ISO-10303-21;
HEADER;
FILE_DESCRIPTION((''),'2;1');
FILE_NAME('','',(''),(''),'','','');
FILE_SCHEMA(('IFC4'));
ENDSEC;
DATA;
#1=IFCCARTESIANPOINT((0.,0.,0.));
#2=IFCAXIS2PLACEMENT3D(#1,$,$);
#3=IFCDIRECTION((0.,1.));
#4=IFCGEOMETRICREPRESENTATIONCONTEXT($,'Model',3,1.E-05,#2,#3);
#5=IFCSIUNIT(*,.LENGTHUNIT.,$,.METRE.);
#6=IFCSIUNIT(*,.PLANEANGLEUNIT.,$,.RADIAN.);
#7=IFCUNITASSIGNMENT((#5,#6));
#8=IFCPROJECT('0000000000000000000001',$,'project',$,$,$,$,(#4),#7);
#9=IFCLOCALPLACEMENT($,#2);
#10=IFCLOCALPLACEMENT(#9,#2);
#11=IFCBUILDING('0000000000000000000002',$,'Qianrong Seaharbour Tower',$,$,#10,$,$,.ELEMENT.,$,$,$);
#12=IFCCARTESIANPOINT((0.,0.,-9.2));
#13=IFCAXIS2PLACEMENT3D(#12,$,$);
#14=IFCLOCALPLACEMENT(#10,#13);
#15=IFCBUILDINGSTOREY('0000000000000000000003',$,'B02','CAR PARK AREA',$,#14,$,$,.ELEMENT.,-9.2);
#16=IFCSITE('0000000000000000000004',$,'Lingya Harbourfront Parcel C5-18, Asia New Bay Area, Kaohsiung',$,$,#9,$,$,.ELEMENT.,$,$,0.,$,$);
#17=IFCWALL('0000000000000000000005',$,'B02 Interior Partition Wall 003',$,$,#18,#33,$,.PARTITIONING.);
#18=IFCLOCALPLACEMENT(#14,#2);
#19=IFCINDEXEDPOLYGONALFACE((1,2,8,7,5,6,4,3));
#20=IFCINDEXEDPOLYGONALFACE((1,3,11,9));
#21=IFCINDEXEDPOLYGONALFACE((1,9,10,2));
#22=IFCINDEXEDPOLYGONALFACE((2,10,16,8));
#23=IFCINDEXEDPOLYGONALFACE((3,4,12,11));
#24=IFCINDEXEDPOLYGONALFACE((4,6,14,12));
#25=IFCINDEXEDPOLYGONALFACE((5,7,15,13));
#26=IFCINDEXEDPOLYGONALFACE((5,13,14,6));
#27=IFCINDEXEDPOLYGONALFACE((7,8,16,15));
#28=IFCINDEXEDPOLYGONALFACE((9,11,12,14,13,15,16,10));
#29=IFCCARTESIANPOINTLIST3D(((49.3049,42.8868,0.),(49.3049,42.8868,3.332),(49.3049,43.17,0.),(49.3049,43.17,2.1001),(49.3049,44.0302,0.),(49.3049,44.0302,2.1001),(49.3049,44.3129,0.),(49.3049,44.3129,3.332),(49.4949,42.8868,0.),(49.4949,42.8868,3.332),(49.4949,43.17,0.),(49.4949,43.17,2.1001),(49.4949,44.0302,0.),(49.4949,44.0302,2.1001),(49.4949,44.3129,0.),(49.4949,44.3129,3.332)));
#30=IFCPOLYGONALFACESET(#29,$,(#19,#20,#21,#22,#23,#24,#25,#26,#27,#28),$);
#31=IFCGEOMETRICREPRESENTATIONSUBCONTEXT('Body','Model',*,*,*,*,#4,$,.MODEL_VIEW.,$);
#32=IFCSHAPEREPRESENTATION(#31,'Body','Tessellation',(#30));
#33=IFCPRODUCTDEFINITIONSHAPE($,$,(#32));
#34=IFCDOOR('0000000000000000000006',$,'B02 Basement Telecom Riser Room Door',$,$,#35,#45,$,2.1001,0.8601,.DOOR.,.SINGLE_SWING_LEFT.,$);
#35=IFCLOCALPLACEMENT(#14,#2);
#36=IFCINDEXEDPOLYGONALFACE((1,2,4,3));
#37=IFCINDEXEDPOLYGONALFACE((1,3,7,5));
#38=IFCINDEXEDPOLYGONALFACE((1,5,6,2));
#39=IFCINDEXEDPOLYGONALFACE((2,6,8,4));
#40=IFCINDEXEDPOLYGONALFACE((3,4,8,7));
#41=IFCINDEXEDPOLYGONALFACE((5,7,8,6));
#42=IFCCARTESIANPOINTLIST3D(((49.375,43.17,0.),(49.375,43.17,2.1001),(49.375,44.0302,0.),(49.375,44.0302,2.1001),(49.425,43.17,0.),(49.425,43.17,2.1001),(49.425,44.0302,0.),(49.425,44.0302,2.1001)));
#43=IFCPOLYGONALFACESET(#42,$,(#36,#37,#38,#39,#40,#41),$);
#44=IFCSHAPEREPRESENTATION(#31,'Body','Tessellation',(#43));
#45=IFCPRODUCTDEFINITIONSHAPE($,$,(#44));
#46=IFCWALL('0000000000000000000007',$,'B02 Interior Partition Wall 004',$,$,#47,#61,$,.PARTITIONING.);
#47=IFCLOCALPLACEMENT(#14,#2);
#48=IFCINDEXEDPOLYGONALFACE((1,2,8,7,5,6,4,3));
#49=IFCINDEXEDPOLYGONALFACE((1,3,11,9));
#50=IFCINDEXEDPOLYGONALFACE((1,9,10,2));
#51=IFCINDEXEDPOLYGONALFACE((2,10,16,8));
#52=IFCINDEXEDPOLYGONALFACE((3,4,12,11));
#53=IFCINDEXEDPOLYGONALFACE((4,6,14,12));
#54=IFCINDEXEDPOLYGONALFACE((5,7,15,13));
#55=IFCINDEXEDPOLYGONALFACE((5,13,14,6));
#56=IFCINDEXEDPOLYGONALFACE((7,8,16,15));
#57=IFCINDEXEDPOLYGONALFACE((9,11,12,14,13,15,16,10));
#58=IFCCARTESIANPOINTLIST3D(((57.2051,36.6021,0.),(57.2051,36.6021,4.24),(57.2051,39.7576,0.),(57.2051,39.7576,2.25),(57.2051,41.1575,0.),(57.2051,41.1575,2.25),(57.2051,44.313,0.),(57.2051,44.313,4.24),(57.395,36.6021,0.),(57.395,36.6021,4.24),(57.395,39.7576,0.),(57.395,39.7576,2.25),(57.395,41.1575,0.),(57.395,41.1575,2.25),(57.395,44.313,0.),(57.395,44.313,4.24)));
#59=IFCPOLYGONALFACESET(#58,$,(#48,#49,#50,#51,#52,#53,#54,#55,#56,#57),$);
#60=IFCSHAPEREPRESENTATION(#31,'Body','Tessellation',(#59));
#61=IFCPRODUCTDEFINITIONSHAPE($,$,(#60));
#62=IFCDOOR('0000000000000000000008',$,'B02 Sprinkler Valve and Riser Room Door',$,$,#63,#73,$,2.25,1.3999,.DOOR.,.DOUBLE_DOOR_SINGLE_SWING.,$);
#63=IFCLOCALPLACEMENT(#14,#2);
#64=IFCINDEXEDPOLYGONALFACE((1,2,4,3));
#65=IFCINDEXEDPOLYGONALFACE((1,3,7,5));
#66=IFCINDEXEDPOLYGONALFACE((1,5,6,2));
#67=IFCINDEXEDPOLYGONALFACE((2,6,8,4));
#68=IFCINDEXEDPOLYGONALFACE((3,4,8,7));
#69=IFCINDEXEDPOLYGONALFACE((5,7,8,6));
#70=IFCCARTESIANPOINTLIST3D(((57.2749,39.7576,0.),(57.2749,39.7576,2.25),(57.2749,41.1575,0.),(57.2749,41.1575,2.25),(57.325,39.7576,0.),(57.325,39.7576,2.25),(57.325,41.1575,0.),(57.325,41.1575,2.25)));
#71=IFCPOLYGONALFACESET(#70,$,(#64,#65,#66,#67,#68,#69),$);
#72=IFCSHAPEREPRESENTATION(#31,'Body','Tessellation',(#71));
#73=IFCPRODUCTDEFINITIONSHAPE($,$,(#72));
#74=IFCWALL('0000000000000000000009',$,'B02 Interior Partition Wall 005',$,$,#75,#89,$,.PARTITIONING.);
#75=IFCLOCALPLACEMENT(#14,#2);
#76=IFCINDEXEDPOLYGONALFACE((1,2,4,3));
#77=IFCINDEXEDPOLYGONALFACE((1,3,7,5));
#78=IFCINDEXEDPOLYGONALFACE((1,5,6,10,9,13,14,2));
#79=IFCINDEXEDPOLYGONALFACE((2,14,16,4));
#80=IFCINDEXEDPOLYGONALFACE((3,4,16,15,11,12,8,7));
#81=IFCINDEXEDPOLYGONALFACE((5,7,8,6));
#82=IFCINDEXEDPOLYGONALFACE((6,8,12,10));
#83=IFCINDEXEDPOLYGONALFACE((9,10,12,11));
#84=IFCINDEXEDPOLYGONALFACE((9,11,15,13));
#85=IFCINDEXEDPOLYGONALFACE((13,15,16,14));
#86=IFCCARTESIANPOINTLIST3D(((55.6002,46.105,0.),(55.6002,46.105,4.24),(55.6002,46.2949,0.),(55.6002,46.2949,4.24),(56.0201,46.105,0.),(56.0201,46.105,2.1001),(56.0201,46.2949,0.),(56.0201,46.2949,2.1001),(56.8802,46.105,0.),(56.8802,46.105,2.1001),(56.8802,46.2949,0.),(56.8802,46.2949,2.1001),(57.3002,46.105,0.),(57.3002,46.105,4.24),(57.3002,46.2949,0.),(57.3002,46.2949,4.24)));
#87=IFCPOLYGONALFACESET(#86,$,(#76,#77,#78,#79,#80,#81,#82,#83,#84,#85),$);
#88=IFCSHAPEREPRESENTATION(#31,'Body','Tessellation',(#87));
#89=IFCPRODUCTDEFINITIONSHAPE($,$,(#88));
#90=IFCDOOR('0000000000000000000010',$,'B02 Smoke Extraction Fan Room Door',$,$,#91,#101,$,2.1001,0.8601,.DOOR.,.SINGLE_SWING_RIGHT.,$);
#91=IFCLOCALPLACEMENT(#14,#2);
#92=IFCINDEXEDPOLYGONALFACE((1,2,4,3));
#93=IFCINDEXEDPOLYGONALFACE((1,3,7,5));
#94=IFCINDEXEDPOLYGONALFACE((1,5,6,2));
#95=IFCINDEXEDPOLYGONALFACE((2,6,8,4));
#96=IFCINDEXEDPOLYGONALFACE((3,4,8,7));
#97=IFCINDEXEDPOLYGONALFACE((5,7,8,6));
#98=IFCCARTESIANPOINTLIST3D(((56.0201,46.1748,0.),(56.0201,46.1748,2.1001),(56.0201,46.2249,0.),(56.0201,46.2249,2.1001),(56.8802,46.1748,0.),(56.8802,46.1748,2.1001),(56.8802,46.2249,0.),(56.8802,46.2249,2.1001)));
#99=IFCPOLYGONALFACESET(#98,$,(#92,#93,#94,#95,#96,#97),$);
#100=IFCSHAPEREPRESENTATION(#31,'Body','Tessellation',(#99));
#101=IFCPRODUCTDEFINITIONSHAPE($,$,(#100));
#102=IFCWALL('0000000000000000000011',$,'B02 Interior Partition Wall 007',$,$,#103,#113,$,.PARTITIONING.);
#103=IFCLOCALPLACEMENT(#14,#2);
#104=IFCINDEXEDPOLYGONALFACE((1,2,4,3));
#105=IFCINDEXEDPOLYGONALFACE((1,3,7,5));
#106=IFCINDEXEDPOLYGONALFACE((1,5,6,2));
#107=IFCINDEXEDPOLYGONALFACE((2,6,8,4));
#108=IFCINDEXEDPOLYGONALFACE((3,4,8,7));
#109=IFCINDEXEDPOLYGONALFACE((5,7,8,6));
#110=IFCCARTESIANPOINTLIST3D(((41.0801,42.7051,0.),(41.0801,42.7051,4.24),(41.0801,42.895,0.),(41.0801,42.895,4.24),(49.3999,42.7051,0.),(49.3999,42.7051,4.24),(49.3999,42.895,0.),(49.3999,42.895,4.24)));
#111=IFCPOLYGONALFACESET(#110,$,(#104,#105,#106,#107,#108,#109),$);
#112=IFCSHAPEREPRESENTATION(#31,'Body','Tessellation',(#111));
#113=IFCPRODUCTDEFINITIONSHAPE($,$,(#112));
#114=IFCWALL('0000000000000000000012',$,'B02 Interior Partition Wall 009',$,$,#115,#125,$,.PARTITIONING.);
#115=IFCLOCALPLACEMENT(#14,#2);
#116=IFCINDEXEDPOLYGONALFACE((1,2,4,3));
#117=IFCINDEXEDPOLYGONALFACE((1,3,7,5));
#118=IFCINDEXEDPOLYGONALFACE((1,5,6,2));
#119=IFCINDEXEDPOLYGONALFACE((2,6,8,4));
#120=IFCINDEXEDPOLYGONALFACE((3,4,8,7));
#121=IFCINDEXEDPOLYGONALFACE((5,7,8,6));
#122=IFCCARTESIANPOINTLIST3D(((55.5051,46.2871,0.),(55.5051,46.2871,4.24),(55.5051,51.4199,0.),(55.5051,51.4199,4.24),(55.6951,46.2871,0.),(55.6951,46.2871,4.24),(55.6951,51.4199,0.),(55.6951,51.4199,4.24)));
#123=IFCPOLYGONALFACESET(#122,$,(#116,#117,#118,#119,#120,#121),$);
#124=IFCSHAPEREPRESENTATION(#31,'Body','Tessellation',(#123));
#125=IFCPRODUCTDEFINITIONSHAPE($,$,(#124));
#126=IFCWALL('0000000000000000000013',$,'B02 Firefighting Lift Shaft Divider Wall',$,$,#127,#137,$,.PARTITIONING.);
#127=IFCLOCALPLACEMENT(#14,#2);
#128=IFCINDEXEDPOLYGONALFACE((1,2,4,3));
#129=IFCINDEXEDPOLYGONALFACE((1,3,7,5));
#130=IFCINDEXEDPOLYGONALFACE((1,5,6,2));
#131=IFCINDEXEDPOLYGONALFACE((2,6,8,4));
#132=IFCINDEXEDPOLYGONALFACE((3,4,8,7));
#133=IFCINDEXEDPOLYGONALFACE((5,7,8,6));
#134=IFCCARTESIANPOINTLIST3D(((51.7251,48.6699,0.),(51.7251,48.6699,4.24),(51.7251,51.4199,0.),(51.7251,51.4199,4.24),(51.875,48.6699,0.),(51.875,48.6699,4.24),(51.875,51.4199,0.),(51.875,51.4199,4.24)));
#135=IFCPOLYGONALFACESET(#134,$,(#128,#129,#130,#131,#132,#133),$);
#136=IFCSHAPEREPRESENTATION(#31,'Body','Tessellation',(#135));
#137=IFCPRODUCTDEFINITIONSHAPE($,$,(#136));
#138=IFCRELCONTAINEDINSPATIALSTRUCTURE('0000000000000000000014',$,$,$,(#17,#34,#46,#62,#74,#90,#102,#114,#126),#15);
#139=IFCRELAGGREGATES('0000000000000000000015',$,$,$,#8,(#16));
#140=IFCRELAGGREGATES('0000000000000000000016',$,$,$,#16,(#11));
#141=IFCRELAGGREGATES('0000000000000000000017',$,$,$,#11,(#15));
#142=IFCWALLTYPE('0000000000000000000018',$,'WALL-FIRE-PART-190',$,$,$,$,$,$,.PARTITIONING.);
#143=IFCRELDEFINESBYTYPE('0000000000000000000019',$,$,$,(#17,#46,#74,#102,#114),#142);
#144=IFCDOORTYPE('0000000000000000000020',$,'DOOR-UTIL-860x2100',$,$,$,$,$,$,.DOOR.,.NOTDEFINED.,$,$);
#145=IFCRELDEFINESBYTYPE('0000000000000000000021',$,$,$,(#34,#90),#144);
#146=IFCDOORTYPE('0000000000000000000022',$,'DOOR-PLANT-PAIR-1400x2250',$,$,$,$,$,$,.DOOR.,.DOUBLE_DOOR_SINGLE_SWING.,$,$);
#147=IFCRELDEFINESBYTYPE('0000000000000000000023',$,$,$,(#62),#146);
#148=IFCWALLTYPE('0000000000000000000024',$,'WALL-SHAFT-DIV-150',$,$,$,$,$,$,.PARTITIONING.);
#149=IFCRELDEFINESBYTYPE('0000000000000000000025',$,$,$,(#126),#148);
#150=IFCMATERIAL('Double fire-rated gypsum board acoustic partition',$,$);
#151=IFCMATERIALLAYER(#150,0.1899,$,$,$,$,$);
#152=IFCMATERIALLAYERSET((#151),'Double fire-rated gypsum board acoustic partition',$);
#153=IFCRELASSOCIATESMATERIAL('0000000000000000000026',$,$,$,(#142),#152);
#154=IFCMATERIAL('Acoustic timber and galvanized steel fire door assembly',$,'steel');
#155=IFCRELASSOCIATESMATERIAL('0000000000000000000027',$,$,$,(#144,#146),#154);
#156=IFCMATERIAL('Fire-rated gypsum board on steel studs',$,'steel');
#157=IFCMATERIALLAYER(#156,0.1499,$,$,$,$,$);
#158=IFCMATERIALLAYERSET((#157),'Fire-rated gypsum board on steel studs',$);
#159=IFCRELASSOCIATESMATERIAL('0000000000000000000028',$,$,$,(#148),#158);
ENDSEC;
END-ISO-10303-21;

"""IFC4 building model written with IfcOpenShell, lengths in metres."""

from ifc_helpers import new_model, si_unit, direction, frame, frame_2d, origin, place, context, subcontext, project, spatial, rectangle, extrude, material, layer, layer_set, type_object, element, fill, save


model = new_model("IFC4")

# Units and contexts
model_context = context("Model", 3, precision=1e-05, world=origin(), true_north=direction((0.0, 1.0)))
body_context = subcontext(model_context, "Body", "Model", "MODEL_VIEW")
ifc_project = project(units=[si_unit("LENGTHUNIT", "METRE"), si_unit("PLANEANGLEUNIT", "RADIAN")], contexts=[model_context])

# Site, building, storey
site_placement = place(None, origin())
site = spatial("IfcSite", under=ifc_project, at=site_placement, Name="Lingya Harbourfront Parcel C5-18, Asia New Bay Area, Kaohsiung", CompositionType="ELEMENT", RefElevation=0.0)
building_placement = place(site_placement, origin())
building = spatial("IfcBuilding", under=site, at=building_placement, Name="Qianrong Seaharbour Tower", CompositionType="ELEMENT")
storey_placement = place(building_placement, frame((0.0, 0.0, -9.2)))
storey = spatial("IfcBuildingStorey", under=building, at=storey_placement, Name="B02", Description="CAR PARK AREA", CompositionType="ELEMENT", Elevation=-9.2)

# Walls, openings, doors
ifc_material_1 = material(Name="Double fire-rated gypsum board acoustic partition")
ifc_layer_1 = layer(ifc_material_1, 0.1899)
ifc_layer_set_1 = layer_set([ifc_layer_1], Name="Double fire-rated gypsum board acoustic partition")
wall_type_1 = type_object("IfcWallType", Name="WALL-FIRE-PART-190", PredefinedType="PARTITIONING", material=ifc_layer_set_1)
ifc_material_2 = material(Name="Acoustic timber and galvanized steel fire door assembly", Category="steel")
wall_1_placement = place(storey_placement, frame((49.3999, 42.887, 0.0), z_axis=(0.0, 0.0, 1.0), x_axis=(0.0, 1.0, 0.0)))
wall_1 = element("IfcWall", 1, at=wall_1_placement, inside=storey, type_object=wall_type_1, Name="B02 Interior Partition Wall 003", PredefinedType="PARTITIONING", context=body_context, shape_type="SweptSolid", body=[
    extrude(rectangle(XDim=1.426, YDim=0.1899, at=frame_2d((0.7129, 0.0))), origin(), (0.0, 0.0, 1.0), 3.332),
])
opening_1_placement = place(wall_1_placement, frame((0.283, 0.0, 0.0)))
opening_1 = element("IfcOpeningElement", 2, at=opening_1_placement, cuts=wall_1, PredefinedType="OPENING", context=body_context, shape_type="SweptSolid", body=[
    extrude(rectangle(XDim=0.8601, YDim=2.1001, at=frame_2d((0.4302, 1.05))), frame((0.0, 0.105, 0.0), z_axis=(0.0, -1.0, 0.0), x_axis=(1.0, 0.0, 0.0)), (0.0, 0.0, 1.0), 0.21),
])
door_type_1 = type_object("IfcDoorType", Name="DOOR-UTIL-860x2100", OperationType="NOTDEFINED", PredefinedType="DOOR", material=ifc_material_2)
door_1_placement = place(opening_1_placement, origin())
door_1 = element("IfcDoor", 3, at=door_1_placement, inside=storey, type_object=door_type_1, Name="B02 Basement Telecom Riser Room Door", OperationType="SINGLE_SWING_LEFT", OverallHeight=2.1001, OverallWidth=0.8601, PredefinedType="DOOR", context=body_context, shape_type="SweptSolid", body=[
    extrude(rectangle(XDim=0.8601, YDim=2.1001, at=frame_2d((0.4302, 1.05))), frame((0.0, 0.0249, 0.0), z_axis=(0.0, -1.0, 0.0), x_axis=(1.0, 0.0, 0.0)), (0.0, 0.0, 1.0), 0.05),
])
fill(opening_1, door_1)
wall_2_placement = place(storey_placement, frame((57.3, 44.313, 0.0), z_axis=(0.0, 0.0, 1.0), x_axis=(0.0, -1.0, 0.0)))
wall_2 = element("IfcWall", 4, at=wall_2_placement, inside=storey, type_object=wall_type_1, Name="B02 Interior Partition Wall 004", PredefinedType="PARTITIONING", context=body_context, shape_type="SweptSolid", body=[
    extrude(rectangle(XDim=7.7109, YDim=0.1899, at=frame_2d((3.8555, 0.0))), origin(), (0.0, 0.0, 1.0), 4.24),
])
opening_2_placement = place(wall_2_placement, frame((3.1555, 0.0, 0.0)))
opening_2 = element("IfcOpeningElement", 5, at=opening_2_placement, cuts=wall_2, PredefinedType="OPENING", context=body_context, shape_type="SweptSolid", body=[
    extrude(rectangle(XDim=1.3999, YDim=2.25, at=frame_2d((0.7, 1.125))), frame((0.0, 0.105, 0.0), z_axis=(0.0, -1.0, 0.0), x_axis=(1.0, 0.0, 0.0)), (0.0, 0.0, 1.0), 0.21),
])
door_type_2 = type_object("IfcDoorType", Name="DOOR-PLANT-PAIR-1400x2250", OperationType="DOUBLE_DOOR_SINGLE_SWING", PredefinedType="DOOR", material=ifc_material_2)
door_2_placement = place(opening_2_placement, origin())
door_2 = element("IfcDoor", 6, at=door_2_placement, inside=storey, type_object=door_type_2, Name="B02 Sprinkler Valve and Riser Room Door", OperationType="DOUBLE_DOOR_SINGLE_SWING", OverallHeight=2.25, OverallWidth=1.3999, PredefinedType="DOOR", context=body_context, shape_type="SweptSolid", body=[
    extrude(rectangle(XDim=1.3999, YDim=2.25, at=frame_2d((0.7, 1.125))), frame((0.0, 0.0249, 0.0), z_axis=(0.0, -1.0, 0.0), x_axis=(1.0, 0.0, 0.0)), (0.0, 0.0, 1.0), 0.05),
])
fill(opening_2, door_2)
wall_3_placement = place(storey_placement, frame((55.6001, 46.2, 0.0), z_axis=(0.0, 0.0, 1.0), x_axis=(1.0, 0.0, 0.0)))
wall_3 = element("IfcWall", 7, at=wall_3_placement, inside=storey, type_object=wall_type_1, Name="B02 Interior Partition Wall 005", PredefinedType="PARTITIONING", context=body_context, shape_type="SweptSolid", body=[
    extrude(rectangle(XDim=1.7, YDim=0.1899, at=frame_2d((0.8501, 0.0))), origin(), (0.0, 0.0, 1.0), 4.24),
])
opening_3_placement = place(wall_3_placement, frame((0.4199, 0.0, 0.0)))
opening_3 = element("IfcOpeningElement", 8, at=opening_3_placement, cuts=wall_3, PredefinedType="OPENING", context=body_context, shape_type="SweptSolid", body=[
    extrude(rectangle(XDim=0.8601, YDim=2.1001, at=frame_2d((0.4302, 1.05))), frame((0.0, 0.105, 0.0), z_axis=(0.0, -1.0, 0.0), x_axis=(1.0, 0.0, 0.0)), (0.0, 0.0, 1.0), 0.21),
])
door_3_placement = place(opening_3_placement, origin())
door_3 = element("IfcDoor", 9, at=door_3_placement, inside=storey, type_object=door_type_1, Name="B02 Smoke Extraction Fan Room Door", OperationType="SINGLE_SWING_RIGHT", OverallHeight=2.1001, OverallWidth=0.8601, PredefinedType="DOOR", context=body_context, shape_type="SweptSolid", body=[
    extrude(rectangle(XDim=0.8601, YDim=2.1001, at=frame_2d((0.4302, 1.05))), frame((0.0, 0.0249, 0.0), z_axis=(0.0, -1.0, 0.0), x_axis=(1.0, 0.0, 0.0)), (0.0, 0.0, 1.0), 0.05),
])
fill(opening_3, door_3)

# Walls
wall_4_placement = place(storey_placement, frame((41.0801, 42.8, 0.0), z_axis=(0.0, 0.0, 1.0), x_axis=(1.0, 0.0, 0.0)))
element("IfcWall", 10, at=wall_4_placement, inside=storey, type_object=wall_type_1, Name="B02 Interior Partition Wall 007", PredefinedType="PARTITIONING", context=body_context, shape_type="SweptSolid", body=[
    extrude(rectangle(XDim=8.3198, YDim=0.1899, at=frame_2d((4.1599, 0.0))), origin(), (0.0, 0.0, 1.0), 4.24),
])
wall_5_placement = place(storey_placement, frame((55.6001, 46.2871, 0.0), z_axis=(0.0, 0.0, 1.0), x_axis=(0.0, 1.0, 0.0)))
element("IfcWall", 11, at=wall_5_placement, inside=storey, type_object=wall_type_1, Name="B02 Interior Partition Wall 009", PredefinedType="PARTITIONING", context=body_context, shape_type="SweptSolid", body=[
    extrude(rectangle(XDim=5.1328, YDim=0.1899, at=frame_2d((2.5664, 0.0))), origin(), (0.0, 0.0, 1.0), 4.24),
])
ifc_material_3 = material(Name="Fire-rated gypsum board on steel studs", Category="steel")
ifc_layer_2 = layer(ifc_material_3, 0.1499)
ifc_layer_set_2 = layer_set([ifc_layer_2], Name="Fire-rated gypsum board on steel studs")
wall_type_2 = type_object("IfcWallType", Name="WALL-SHAFT-DIV-150", PredefinedType="PARTITIONING", material=ifc_layer_set_2)
wall_6_placement = place(storey_placement, frame((51.8, 48.6699, 0.0), z_axis=(0.0, 0.0, 1.0), x_axis=(0.0, 1.0, 0.0)))
element("IfcWall", 12, at=wall_6_placement, inside=storey, type_object=wall_type_2, Name="B02 Firefighting Lift Shaft Divider Wall", PredefinedType="PARTITIONING", context=body_context, shape_type="SweptSolid", body=[
    extrude(rectangle(XDim=2.75, YDim=0.1499, at=frame_2d((1.375, 0.0))), origin(), (0.0, 0.0, 1.0), 4.24),
])

save(model, "model.ifc")
